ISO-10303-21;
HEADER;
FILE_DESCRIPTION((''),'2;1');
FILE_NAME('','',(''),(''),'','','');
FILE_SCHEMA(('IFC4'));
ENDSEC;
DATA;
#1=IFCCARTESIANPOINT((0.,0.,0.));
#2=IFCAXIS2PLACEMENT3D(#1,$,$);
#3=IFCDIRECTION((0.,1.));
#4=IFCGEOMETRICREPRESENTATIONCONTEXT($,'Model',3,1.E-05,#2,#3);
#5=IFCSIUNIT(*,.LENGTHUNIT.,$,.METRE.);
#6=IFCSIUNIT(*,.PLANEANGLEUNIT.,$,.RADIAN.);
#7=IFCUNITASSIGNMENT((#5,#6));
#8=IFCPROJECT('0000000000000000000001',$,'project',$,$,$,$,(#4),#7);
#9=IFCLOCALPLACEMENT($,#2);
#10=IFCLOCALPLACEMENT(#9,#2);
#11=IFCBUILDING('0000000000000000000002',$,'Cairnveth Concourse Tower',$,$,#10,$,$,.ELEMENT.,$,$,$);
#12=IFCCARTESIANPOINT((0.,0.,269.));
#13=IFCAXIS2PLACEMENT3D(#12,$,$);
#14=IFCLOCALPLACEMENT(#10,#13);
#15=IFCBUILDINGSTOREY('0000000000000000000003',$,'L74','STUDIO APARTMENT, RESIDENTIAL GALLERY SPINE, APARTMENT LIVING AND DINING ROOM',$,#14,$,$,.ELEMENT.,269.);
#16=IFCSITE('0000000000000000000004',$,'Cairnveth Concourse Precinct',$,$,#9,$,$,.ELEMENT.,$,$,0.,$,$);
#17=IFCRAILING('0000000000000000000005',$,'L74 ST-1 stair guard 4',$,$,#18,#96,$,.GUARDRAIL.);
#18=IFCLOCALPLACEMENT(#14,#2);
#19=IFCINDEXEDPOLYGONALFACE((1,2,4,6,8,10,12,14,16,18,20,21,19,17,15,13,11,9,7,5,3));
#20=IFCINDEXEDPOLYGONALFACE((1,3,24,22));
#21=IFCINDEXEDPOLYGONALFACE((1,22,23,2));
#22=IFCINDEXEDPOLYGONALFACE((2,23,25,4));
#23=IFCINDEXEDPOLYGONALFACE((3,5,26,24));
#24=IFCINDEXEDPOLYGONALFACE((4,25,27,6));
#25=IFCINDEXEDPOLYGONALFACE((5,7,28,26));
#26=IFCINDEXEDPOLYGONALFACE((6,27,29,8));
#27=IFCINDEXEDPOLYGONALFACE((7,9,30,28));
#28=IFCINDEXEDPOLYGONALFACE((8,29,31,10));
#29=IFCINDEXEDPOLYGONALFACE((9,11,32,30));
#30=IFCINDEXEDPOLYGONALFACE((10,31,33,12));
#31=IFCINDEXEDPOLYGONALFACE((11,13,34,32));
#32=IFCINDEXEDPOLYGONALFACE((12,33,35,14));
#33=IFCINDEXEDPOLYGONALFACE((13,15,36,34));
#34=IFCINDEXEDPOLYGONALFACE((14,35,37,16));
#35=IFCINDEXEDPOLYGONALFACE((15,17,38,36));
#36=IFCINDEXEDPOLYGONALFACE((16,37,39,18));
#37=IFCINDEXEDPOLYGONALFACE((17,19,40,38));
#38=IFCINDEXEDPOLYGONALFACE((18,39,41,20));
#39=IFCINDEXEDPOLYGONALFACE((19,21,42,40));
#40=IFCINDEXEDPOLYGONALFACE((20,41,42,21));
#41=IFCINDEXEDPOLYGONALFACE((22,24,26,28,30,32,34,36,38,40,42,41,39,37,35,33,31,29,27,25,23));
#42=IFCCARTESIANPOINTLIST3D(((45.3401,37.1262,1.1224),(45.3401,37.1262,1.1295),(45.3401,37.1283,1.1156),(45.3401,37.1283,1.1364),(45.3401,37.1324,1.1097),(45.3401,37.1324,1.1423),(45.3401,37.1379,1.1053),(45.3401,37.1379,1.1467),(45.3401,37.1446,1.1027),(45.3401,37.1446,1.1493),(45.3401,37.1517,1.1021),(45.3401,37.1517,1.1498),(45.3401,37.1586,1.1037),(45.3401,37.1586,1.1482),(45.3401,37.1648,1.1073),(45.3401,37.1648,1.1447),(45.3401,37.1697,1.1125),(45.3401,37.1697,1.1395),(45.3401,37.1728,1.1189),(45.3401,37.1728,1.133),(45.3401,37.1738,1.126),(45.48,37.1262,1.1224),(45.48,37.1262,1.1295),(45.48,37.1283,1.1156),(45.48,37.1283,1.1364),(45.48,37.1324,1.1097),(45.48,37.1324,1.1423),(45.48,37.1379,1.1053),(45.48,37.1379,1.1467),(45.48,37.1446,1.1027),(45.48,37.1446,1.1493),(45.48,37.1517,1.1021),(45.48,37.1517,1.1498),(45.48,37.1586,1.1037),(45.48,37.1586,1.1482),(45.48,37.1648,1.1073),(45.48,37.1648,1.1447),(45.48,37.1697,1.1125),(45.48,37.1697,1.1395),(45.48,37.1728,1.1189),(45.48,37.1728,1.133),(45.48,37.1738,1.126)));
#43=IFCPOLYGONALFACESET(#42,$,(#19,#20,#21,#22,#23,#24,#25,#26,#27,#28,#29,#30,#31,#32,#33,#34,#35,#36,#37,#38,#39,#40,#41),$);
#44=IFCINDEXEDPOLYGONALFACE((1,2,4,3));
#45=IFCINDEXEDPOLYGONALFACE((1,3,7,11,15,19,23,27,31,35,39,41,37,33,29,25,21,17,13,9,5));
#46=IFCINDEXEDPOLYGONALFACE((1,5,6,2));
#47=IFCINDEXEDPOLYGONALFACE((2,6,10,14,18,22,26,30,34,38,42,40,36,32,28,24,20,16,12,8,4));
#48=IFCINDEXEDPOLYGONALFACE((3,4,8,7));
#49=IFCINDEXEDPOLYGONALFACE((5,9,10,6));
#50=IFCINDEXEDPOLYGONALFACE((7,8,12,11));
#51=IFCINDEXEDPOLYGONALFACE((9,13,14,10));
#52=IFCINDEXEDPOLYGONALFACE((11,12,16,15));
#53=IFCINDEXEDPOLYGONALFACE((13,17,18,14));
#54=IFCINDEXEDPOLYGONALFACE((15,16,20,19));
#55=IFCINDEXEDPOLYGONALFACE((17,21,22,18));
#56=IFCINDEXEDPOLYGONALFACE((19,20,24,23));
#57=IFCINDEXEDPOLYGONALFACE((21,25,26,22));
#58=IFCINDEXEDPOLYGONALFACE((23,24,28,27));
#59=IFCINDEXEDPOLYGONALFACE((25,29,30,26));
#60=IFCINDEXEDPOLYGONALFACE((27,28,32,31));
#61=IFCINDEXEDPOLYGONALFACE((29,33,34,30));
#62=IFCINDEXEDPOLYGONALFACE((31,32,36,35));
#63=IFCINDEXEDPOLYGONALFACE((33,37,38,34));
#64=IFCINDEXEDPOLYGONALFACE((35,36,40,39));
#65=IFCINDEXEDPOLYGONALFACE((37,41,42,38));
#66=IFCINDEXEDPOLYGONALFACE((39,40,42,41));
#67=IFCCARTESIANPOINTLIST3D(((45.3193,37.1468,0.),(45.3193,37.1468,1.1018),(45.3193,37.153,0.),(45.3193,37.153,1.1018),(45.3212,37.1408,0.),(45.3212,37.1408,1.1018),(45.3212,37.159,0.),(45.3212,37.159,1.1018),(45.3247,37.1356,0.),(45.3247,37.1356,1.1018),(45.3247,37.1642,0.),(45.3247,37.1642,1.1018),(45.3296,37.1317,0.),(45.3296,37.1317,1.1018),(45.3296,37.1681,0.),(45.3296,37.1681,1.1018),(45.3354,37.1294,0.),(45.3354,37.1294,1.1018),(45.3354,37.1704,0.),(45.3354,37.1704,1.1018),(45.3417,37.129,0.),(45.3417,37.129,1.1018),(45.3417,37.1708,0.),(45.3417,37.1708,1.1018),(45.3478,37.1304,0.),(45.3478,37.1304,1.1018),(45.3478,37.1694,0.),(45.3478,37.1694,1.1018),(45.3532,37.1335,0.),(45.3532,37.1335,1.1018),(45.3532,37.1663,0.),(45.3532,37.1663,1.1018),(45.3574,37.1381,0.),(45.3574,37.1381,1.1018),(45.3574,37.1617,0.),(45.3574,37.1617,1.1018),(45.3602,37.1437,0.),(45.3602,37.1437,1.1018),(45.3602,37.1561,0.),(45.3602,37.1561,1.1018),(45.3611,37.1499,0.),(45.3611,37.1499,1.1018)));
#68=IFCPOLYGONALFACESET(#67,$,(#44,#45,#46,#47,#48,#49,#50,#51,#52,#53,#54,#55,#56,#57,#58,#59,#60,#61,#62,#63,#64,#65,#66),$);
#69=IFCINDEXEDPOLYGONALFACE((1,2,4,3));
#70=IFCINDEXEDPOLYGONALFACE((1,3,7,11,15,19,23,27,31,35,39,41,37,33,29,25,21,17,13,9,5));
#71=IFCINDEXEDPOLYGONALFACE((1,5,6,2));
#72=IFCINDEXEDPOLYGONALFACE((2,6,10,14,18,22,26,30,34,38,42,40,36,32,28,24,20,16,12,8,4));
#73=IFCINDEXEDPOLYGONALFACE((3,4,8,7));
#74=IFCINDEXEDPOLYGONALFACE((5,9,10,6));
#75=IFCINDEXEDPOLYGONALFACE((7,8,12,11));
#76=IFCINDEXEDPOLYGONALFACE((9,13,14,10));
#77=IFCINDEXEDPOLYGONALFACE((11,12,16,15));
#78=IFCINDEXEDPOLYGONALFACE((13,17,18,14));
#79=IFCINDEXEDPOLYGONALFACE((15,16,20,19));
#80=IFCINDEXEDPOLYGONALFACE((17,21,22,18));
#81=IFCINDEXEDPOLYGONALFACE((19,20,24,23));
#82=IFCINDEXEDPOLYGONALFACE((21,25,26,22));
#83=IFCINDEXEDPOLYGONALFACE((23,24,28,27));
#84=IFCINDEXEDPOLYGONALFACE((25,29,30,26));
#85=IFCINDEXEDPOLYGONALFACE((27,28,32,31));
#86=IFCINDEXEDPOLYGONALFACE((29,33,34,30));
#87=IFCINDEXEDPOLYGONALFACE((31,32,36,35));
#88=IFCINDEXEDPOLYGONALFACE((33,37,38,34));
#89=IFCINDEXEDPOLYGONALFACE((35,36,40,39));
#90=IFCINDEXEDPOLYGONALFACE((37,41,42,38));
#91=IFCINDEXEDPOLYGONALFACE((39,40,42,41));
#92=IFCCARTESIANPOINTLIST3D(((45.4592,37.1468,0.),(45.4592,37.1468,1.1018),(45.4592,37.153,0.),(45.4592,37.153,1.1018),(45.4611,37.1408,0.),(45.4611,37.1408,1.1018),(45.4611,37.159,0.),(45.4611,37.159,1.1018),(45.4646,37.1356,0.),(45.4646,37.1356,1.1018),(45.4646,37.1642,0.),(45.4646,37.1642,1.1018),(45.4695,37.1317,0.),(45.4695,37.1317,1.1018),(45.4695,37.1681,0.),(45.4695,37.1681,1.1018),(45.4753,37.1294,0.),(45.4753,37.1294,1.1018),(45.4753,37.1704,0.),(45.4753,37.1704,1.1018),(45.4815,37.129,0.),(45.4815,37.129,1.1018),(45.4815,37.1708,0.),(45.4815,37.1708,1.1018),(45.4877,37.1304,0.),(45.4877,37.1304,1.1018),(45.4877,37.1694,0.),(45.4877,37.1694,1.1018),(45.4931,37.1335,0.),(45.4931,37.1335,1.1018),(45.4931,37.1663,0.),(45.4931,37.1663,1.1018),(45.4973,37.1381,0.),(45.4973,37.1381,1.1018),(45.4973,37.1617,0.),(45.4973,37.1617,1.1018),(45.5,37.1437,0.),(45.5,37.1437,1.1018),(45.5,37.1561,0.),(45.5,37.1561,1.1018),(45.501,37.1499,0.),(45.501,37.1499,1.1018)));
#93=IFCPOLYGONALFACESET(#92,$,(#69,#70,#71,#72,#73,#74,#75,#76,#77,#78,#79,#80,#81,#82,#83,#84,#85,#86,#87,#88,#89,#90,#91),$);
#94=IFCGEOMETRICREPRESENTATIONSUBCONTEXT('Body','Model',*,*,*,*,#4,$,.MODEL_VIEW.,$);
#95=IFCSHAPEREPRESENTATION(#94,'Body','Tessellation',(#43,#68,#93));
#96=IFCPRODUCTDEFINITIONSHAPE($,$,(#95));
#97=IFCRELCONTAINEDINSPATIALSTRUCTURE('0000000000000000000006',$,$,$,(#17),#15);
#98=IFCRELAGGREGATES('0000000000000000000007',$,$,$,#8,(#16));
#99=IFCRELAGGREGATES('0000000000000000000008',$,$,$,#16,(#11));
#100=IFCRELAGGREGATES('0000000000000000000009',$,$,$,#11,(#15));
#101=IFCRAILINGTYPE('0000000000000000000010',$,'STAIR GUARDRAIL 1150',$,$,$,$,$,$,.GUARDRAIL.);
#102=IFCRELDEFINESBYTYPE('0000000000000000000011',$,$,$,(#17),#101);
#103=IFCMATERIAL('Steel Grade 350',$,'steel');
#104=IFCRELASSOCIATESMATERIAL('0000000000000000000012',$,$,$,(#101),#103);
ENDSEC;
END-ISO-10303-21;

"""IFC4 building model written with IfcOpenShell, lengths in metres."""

from ifc_helpers import new_model, si_unit, direction, frame, origin, origin_2d, place, context, subcontext, project, spatial, circle, extrude, material, type_object, element, save


model = new_model("IFC4")

# Units and contexts
model_context = context("Model", 3, precision=1e-05, world=origin(), true_north=direction((0.0, 1.0)))
body_context = subcontext(model_context, "Body", "Model", "MODEL_VIEW")
ifc_project = project(units=[si_unit("LENGTHUNIT", "METRE"), si_unit("PLANEANGLEUNIT", "RADIAN")], contexts=[model_context])

# Site, building, storey
site_placement = place(None, origin())
site = spatial("IfcSite", under=ifc_project, at=site_placement, Name="Cairnveth Concourse Precinct", CompositionType="ELEMENT", RefElevation=0.0)
building_placement = place(site_placement, origin())
building = spatial("IfcBuilding", under=site, at=building_placement, Name="Cairnveth Concourse Tower", CompositionType="ELEMENT")
storey_placement = place(building_placement, frame((0.0, 0.0, 269.0)))
storey = spatial("IfcBuildingStorey", under=building, at=storey_placement, Name="L74", Description="STUDIO APARTMENT, RESIDENTIAL GALLERY SPINE, APARTMENT LIVING AND DINING ROOM", CompositionType="ELEMENT", Elevation=269.0)

# Shared definitions
ifc_material_1 = material(Name="Steel Grade 350", Category="steel")

# Railing
railing_type_1 = type_object("IfcRailingType", Name="STAIR GUARDRAIL 1150", PredefinedType="GUARDRAIL", material=ifc_material_1)
railing_1_placement = place(storey_placement, frame((45.3401, 37.1499, 0.0)))
element("IfcRailing", 1, at=railing_1_placement, inside=storey, type_object=railing_type_1, Name="L74 ST-1 stair guard 4", PredefinedType="GUARDRAIL", context=body_context, shape_type="SweptSolid", body=[
    extrude(circle(Radius=0.0239, at=origin_2d()), frame((0.0, 0.0, 1.126), z_axis=(1.0, 0.0, 0.0), x_axis=(0.0, 1.0, 0.0)), (0.0, 0.0, 1.0), 0.1399),
    extrude(circle(Radius=0.021, at=origin_2d()), origin(), (0.0, 0.0, 1.0), 1.1018),
    extrude(circle(Radius=0.021, at=origin_2d()), frame((0.1399, 0.0, 0.0)), (0.0, 0.0, 1.0), 1.1018),
])

save(model, "model.ifc")
